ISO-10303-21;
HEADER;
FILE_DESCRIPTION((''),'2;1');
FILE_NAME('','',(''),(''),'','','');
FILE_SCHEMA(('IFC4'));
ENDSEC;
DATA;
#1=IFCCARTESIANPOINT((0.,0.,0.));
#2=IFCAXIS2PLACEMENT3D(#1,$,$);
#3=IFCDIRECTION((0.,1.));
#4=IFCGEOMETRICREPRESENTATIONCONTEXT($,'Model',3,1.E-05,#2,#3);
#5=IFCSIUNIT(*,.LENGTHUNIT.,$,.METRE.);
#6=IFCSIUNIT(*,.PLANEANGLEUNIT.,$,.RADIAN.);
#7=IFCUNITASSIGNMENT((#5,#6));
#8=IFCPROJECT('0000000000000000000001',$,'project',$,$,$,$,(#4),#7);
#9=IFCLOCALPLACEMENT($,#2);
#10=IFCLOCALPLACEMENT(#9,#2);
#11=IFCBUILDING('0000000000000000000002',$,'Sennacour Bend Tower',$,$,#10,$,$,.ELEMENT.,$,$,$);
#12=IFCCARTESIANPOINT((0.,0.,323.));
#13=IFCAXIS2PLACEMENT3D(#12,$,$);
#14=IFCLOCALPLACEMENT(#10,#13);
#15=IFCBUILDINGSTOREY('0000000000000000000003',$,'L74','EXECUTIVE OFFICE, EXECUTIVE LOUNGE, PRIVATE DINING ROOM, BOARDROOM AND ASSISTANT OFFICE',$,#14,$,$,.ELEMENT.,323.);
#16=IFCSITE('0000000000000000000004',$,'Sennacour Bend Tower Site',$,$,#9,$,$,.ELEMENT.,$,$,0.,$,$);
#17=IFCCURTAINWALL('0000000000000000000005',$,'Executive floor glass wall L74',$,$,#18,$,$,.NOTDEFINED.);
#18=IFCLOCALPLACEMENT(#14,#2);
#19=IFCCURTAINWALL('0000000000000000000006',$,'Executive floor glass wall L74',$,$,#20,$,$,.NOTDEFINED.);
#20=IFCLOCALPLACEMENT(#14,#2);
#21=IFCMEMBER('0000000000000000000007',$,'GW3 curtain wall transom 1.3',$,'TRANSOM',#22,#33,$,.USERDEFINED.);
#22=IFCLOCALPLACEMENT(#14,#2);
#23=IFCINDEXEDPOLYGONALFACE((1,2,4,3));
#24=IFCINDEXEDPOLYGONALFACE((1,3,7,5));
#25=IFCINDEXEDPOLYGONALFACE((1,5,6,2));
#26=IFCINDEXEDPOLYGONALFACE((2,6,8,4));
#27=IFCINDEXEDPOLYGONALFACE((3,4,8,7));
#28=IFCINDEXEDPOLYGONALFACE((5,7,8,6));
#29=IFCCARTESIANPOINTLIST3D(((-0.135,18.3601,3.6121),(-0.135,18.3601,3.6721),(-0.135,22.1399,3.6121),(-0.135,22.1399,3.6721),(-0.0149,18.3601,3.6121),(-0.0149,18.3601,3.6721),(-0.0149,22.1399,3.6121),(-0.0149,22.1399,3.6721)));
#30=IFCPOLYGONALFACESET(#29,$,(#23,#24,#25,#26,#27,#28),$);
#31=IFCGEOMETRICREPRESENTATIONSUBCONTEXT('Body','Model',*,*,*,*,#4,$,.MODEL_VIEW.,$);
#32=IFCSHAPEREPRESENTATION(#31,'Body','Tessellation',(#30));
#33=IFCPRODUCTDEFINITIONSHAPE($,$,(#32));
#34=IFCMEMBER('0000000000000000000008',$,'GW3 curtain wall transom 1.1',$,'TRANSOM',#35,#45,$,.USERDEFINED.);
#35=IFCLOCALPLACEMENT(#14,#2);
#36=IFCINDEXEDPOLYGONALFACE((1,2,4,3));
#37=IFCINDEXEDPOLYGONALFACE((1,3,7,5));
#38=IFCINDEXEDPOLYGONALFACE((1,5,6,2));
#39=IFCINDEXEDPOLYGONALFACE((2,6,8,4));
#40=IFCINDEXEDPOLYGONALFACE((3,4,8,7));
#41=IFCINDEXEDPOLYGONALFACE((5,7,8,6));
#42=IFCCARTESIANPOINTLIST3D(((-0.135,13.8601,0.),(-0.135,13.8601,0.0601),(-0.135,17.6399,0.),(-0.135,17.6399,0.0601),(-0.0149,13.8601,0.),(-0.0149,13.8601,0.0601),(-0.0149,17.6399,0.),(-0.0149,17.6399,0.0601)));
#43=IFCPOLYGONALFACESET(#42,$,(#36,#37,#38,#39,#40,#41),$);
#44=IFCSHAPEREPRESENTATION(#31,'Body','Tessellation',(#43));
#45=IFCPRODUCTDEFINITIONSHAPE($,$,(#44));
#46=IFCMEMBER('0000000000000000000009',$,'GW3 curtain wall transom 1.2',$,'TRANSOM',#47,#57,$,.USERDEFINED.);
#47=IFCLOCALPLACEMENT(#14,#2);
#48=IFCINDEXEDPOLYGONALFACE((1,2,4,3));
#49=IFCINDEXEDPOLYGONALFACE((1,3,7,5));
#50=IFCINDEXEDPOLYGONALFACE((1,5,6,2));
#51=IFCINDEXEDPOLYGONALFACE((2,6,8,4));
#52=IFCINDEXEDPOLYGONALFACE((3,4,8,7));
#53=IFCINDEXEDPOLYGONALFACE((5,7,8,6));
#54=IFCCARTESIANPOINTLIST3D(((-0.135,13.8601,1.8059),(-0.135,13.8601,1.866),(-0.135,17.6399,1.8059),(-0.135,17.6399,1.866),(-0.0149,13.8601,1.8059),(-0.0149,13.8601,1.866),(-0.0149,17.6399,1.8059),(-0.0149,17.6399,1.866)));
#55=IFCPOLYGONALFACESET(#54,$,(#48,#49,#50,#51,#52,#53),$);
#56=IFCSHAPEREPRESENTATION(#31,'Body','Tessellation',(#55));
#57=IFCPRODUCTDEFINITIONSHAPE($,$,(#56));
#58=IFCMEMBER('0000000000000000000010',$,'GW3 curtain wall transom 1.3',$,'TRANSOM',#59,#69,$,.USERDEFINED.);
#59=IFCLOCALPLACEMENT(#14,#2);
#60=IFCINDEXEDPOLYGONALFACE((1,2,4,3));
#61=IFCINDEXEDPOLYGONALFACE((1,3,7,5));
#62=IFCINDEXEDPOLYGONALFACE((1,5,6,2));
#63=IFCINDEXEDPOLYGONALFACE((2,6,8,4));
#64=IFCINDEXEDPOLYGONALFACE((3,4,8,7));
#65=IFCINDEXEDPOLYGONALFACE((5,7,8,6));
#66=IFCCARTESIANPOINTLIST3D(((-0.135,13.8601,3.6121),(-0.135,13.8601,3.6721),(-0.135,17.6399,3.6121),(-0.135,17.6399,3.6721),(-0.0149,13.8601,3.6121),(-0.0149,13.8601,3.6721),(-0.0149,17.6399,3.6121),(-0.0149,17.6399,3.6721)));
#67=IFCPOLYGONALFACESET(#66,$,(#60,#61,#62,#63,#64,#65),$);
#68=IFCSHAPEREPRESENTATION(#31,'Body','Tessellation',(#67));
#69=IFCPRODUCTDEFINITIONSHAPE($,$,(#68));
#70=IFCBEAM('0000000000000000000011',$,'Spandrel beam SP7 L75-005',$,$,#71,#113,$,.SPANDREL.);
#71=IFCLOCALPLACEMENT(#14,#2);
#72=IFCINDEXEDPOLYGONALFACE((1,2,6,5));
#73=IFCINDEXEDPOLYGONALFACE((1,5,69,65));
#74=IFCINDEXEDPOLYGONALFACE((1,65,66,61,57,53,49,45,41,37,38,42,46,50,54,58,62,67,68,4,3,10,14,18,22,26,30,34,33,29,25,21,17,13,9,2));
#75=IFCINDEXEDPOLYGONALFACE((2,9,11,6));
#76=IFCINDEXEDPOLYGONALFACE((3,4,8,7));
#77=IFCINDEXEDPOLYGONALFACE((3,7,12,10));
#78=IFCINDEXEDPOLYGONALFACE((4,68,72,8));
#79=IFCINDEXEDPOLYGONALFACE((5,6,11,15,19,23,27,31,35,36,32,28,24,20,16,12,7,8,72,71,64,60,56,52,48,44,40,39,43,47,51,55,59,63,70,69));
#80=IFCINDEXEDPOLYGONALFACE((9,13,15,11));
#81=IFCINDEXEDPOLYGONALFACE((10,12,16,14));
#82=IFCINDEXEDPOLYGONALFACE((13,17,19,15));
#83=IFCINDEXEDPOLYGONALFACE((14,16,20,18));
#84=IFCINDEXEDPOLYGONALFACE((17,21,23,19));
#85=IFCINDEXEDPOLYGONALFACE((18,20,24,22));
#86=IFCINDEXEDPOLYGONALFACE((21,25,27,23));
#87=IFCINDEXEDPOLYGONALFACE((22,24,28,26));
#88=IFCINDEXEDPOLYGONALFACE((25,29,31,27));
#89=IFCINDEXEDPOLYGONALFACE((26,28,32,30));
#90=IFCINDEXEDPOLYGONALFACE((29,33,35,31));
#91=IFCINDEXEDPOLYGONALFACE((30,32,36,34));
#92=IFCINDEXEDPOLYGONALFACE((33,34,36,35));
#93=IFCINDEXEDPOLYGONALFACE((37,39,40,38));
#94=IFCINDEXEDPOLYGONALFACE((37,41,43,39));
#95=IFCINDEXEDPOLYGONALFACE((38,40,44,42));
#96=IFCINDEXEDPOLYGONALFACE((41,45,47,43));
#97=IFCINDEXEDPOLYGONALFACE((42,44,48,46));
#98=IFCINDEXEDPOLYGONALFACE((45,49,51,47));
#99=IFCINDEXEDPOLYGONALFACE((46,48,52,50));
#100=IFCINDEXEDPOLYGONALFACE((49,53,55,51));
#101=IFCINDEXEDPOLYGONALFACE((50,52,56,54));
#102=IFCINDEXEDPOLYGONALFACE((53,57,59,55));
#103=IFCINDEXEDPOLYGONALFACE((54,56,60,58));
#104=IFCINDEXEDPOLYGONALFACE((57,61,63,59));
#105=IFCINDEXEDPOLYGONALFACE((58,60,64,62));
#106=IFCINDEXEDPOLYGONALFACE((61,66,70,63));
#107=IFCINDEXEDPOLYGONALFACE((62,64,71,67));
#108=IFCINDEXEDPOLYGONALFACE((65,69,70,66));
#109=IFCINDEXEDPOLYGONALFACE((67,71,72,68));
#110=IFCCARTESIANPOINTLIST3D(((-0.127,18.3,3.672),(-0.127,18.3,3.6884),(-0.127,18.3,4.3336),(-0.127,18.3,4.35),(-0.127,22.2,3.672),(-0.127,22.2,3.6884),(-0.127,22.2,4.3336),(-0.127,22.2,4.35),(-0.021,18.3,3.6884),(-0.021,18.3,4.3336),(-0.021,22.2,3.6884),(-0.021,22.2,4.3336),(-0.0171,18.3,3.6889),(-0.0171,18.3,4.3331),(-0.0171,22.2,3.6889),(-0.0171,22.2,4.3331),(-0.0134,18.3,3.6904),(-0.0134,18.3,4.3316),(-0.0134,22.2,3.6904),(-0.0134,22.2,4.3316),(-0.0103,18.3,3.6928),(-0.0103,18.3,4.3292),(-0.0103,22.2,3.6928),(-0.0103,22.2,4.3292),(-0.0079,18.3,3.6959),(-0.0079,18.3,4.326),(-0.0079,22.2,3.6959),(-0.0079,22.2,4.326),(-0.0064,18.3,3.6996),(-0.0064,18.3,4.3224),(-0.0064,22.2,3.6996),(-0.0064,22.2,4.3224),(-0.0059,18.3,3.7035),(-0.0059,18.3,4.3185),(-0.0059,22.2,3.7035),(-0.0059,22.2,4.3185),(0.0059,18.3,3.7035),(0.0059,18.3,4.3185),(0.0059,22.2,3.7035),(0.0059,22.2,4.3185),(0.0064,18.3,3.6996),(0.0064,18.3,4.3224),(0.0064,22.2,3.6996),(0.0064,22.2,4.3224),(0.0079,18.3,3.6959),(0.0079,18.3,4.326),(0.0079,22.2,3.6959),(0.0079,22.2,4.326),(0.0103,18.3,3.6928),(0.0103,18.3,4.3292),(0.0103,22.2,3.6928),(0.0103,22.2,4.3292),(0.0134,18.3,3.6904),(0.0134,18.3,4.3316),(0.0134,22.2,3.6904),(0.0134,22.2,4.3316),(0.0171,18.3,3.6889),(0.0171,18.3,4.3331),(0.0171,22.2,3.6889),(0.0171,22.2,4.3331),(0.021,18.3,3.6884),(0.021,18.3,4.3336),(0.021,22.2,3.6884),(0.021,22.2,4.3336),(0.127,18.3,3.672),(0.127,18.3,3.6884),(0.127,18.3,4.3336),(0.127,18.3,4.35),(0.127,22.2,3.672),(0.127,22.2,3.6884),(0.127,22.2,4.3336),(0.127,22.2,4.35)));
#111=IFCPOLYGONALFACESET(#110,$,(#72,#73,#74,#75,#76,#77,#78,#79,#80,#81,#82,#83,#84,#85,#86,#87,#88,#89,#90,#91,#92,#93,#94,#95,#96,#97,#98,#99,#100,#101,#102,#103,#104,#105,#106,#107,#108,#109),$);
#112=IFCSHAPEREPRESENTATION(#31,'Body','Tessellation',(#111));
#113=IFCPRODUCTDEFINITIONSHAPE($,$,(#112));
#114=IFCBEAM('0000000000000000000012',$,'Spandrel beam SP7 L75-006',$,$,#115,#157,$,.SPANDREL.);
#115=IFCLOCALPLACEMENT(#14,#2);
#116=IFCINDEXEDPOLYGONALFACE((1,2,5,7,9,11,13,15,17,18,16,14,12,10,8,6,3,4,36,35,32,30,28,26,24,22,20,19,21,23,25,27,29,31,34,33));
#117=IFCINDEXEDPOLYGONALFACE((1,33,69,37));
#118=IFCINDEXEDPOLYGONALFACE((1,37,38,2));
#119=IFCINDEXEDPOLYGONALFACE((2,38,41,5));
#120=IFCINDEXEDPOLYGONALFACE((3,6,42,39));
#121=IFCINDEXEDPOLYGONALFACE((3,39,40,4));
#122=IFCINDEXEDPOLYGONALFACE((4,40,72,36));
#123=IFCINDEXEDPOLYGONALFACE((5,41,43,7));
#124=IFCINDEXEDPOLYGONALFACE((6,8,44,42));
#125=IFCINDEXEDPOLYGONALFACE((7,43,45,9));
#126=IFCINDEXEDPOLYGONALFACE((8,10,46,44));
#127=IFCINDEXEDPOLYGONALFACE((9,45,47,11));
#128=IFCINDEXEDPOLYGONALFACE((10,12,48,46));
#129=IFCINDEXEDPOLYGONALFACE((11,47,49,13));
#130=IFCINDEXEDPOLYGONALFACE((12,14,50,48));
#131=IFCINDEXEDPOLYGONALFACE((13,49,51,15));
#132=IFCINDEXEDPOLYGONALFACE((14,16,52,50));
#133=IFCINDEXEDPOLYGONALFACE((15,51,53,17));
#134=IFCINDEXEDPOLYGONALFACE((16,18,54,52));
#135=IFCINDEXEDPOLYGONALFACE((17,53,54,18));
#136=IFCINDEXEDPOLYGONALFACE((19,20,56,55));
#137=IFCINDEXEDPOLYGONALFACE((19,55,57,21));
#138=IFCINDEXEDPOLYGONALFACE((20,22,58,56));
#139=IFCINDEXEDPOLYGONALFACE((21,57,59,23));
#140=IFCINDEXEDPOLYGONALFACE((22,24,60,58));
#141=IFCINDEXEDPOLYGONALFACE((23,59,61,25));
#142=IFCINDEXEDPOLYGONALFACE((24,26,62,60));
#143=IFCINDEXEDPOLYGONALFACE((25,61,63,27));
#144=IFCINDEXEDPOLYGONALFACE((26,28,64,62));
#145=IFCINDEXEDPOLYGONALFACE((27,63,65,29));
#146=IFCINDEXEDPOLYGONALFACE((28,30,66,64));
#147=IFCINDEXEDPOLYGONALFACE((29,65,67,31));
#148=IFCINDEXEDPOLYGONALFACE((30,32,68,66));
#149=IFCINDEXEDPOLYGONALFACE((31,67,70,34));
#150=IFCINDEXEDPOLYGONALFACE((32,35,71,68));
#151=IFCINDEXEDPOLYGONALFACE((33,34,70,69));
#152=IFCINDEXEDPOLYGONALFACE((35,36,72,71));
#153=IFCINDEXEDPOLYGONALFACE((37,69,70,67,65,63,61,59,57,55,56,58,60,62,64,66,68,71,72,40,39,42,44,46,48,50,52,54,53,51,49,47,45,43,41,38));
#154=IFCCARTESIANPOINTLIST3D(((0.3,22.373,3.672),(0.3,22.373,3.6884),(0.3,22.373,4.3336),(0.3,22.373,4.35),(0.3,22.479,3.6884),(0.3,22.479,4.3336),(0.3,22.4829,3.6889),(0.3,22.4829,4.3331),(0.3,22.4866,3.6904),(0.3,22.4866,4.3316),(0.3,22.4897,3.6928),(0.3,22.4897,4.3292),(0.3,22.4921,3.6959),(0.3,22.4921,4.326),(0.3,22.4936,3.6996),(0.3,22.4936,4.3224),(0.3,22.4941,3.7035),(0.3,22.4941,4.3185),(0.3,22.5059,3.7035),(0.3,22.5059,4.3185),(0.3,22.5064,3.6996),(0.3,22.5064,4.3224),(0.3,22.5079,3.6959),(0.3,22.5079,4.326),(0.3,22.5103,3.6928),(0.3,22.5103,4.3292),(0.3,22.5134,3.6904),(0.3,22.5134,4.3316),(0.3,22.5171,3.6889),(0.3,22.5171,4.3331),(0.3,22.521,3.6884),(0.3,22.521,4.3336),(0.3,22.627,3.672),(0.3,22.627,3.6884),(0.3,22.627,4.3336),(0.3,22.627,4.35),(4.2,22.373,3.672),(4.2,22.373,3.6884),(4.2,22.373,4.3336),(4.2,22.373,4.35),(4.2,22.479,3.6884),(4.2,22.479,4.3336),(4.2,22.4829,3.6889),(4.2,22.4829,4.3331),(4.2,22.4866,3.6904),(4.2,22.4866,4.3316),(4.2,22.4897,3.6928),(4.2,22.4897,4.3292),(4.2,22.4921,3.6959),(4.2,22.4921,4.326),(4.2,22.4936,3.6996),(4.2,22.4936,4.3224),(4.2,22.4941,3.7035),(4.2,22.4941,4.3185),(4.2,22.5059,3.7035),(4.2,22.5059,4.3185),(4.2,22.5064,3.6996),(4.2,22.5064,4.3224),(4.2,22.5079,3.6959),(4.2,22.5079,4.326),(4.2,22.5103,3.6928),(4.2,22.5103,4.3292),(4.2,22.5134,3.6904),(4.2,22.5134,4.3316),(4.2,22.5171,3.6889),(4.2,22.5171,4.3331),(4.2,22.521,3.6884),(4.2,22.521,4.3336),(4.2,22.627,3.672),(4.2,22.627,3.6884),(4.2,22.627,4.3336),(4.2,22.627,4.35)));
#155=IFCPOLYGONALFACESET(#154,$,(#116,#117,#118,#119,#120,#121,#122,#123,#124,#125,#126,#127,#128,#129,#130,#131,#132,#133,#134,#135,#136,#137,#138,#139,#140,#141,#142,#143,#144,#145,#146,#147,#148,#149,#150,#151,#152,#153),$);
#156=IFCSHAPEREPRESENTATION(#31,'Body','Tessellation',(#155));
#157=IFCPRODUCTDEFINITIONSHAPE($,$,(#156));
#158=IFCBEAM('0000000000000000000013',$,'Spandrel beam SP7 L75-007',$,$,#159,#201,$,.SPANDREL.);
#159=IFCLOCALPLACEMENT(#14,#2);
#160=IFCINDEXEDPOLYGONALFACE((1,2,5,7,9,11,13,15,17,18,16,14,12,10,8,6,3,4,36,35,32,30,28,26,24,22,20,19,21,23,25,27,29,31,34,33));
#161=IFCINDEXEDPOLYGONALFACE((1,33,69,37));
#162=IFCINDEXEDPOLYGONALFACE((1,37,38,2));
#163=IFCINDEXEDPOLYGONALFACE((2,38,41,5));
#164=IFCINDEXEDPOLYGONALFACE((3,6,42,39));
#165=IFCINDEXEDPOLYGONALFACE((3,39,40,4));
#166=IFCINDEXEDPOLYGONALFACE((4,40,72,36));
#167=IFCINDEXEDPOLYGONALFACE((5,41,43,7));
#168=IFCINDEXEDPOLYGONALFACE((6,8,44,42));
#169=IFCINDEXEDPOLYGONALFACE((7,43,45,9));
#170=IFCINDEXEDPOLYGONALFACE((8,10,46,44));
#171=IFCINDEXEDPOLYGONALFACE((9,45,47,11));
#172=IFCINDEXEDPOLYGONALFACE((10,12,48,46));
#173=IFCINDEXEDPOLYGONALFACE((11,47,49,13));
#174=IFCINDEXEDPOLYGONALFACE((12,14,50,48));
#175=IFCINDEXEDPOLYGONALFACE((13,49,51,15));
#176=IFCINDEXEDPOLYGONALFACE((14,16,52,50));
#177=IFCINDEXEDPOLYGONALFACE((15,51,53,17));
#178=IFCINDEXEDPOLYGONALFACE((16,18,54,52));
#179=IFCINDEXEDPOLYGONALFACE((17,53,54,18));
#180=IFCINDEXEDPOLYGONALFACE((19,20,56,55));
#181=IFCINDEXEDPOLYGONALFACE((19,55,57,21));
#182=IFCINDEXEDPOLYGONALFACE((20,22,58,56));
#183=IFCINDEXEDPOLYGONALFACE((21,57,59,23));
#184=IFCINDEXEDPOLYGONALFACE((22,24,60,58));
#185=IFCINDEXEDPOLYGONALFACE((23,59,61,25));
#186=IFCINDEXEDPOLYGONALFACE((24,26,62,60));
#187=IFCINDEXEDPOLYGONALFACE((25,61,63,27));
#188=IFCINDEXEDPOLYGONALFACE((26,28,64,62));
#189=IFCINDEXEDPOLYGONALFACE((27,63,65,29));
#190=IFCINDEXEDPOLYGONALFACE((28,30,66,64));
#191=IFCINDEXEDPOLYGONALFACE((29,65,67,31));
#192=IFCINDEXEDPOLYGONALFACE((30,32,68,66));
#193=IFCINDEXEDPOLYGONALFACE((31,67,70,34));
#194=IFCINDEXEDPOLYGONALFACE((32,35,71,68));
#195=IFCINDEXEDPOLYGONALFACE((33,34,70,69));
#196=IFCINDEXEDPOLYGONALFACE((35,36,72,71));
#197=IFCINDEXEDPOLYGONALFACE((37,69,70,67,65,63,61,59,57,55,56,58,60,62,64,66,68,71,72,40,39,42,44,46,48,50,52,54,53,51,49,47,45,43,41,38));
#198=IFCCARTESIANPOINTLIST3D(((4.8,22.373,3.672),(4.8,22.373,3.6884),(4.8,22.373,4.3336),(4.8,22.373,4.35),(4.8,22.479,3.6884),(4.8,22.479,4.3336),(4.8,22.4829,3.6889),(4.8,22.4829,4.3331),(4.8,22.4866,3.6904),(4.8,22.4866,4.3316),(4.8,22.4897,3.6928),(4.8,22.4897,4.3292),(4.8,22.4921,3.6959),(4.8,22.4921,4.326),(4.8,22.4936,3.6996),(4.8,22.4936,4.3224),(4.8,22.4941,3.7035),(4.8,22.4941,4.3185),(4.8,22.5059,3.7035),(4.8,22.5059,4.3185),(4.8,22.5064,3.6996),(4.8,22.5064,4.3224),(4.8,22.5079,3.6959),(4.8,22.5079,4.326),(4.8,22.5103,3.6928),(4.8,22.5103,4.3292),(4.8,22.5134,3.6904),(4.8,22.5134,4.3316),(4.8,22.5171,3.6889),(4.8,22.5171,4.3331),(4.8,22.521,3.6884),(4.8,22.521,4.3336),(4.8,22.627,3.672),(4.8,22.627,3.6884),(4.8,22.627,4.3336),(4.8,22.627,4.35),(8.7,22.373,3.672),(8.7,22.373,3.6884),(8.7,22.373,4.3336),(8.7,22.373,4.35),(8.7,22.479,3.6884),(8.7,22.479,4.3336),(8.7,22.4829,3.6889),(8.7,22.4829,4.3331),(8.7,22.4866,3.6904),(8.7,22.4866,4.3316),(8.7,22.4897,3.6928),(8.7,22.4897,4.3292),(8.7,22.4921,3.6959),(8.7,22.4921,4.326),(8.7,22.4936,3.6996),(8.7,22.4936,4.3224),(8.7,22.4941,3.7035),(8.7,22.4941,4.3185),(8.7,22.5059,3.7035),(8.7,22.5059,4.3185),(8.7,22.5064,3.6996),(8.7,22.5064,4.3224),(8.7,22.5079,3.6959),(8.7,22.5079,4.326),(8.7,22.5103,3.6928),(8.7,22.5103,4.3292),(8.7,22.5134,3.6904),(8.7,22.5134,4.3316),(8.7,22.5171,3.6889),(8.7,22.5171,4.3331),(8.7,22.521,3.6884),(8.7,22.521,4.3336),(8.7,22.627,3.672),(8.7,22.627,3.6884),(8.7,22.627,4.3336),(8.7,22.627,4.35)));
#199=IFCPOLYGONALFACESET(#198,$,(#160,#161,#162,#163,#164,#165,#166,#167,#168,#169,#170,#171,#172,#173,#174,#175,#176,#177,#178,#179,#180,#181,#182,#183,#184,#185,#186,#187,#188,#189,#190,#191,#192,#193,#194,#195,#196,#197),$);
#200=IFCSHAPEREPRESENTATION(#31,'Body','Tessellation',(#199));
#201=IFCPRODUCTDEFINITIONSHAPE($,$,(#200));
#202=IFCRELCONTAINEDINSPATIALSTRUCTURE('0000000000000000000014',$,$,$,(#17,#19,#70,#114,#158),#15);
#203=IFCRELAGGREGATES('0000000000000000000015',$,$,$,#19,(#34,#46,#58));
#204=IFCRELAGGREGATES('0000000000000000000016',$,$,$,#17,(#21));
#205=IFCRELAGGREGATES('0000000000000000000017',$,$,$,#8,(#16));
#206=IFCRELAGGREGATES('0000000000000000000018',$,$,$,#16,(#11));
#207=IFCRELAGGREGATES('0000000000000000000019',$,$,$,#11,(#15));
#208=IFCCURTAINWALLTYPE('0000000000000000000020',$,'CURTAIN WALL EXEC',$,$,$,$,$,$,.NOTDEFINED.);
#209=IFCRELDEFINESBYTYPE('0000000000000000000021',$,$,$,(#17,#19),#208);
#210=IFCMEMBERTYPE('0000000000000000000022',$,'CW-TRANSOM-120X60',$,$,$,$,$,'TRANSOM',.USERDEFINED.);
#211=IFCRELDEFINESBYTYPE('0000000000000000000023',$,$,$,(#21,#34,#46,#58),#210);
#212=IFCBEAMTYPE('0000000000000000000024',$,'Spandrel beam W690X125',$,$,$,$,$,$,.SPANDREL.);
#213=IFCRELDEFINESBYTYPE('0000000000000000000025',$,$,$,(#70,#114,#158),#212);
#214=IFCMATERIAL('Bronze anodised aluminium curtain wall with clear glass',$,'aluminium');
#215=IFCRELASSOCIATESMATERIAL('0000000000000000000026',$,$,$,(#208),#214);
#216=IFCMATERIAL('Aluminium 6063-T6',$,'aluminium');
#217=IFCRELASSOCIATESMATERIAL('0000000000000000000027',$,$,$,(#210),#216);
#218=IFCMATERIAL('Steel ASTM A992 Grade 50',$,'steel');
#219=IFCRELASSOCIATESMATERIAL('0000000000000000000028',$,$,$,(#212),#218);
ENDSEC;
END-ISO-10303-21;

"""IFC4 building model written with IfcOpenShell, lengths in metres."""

from ifc_helpers import new_model, si_unit, direction, frame, origin, origin_2d, place, context, subcontext, project, spatial, rectangle, i_section, extrude, material, material_profile, profile_set, type_object, element, aggregate, save


model = new_model("IFC4")

# Units and contexts
model_context = context("Model", 3, precision=1e-05, world=origin(), true_north=direction((0.0, 1.0)))
body_context = subcontext(model_context, "Body", "Model", "MODEL_VIEW")
ifc_project = project(units=[si_unit("LENGTHUNIT", "METRE"), si_unit("PLANEANGLEUNIT", "RADIAN")], contexts=[model_context])

# Site, building, storey
site_placement = place(None, origin())
site = spatial("IfcSite", under=ifc_project, at=site_placement, Name="Sennacour Bend Tower Site", CompositionType="ELEMENT", RefElevation=0.0)
building_placement = place(site_placement, origin())
building = spatial("IfcBuilding", under=site, at=building_placement, Name="Sennacour Bend Tower", CompositionType="ELEMENT")
storey_placement = place(building_placement, frame((0.0, 0.0, 323.0)))
storey = spatial("IfcBuildingStorey", under=building, at=storey_placement, Name="L74", Description="EXECUTIVE OFFICE, EXECUTIVE LOUNGE, PRIVATE DINING ROOM, BOARDROOM AND ASSISTANT OFFICE", CompositionType="ELEMENT", Elevation=323.0)

# Shared definitions
ifc_material_1 = material(Name="Bronze anodised aluminium curtain wall with clear glass", Category="aluminium")
curtain_wall_type = type_object("IfcCurtainWallType", Name="CURTAIN WALL EXEC", PredefinedType="NOTDEFINED", material=ifc_material_1)
ifc_material_2 = material(Name="Aluminium 6063-T6", Category="aluminium")

# Curtain wall
curtain_wall_1_placement = place(storey_placement, origin())
curtain_wall_1 = element("IfcCurtainWall", 1, at=curtain_wall_1_placement, inside=storey, type_object=curtain_wall_type, Name="Executive floor glass wall L74", PredefinedType="NOTDEFINED")

# Curtain wall
curtain_wall_2_placement = place(storey_placement, origin())
curtain_wall_2 = element("IfcCurtainWall", 2, at=curtain_wall_2_placement, inside=storey, type_object=curtain_wall_type, Name="Executive floor glass wall L74", PredefinedType="NOTDEFINED")

# Members
ifc_material_profile_1 = material_profile(ifc_material_2, rectangle(XDim=0.1201, YDim=0.0601, at=origin_2d()), Name="Aluminium 6063-T6", Category="aluminium")
ifc_profile_set_1 = profile_set([ifc_material_profile_1], Name="Aluminium 6063-T6")
member_type_1 = type_object("IfcMemberType", Name="CW-TRANSOM-120X60", ElementType="TRANSOM", PredefinedType="USERDEFINED", material=ifc_profile_set_1)
member_1_placement = place(storey_placement, frame((-0.075, 22.1399, 3.6421), z_axis=(0.0, -1.0, 0.0), x_axis=(1.0, 0.0, 0.0)))
member_1 = element("IfcMember", 3, at=member_1_placement, type_object=member_type_1, Name="GW3 curtain wall transom 1.3", ObjectType="TRANSOM", PredefinedType="USERDEFINED", context=body_context, shape_type="SweptSolid", body=[
    extrude(rectangle(XDim=0.1201, YDim=0.0601, at=origin_2d()), origin(), (0.0, 0.0, 1.0), 3.7798),
])
member_2_placement = place(storey_placement, frame((-0.075, 17.6399, 0.03), z_axis=(0.0, -1.0, 0.0), x_axis=(1.0, 0.0, 0.0)))
member_2 = element("IfcMember", 4, at=member_2_placement, type_object=member_type_1, Name="GW3 curtain wall transom 1.1", ObjectType="TRANSOM", PredefinedType="USERDEFINED", context=body_context, shape_type="SweptSolid", body=[
    extrude(rectangle(XDim=0.1201, YDim=0.0601, at=origin_2d()), origin(), (0.0, 0.0, 1.0), 3.7798),
])
member_3_placement = place(storey_placement, frame((-0.075, 17.6399, 1.8359), z_axis=(0.0, -1.0, 0.0), x_axis=(1.0, 0.0, 0.0)))
member_3 = element("IfcMember", 5, at=member_3_placement, type_object=member_type_1, Name="GW3 curtain wall transom 1.2", ObjectType="TRANSOM", PredefinedType="USERDEFINED", context=body_context, shape_type="SweptSolid", body=[
    extrude(rectangle(XDim=0.1201, YDim=0.0601, at=origin_2d()), origin(), (0.0, 0.0, 1.0), 3.7798),
])
member_4_placement = place(storey_placement, frame((-0.075, 17.6399, 3.6421), z_axis=(0.0, -1.0, 0.0), x_axis=(1.0, 0.0, 0.0)))
member_4 = element("IfcMember", 6, at=member_4_placement, type_object=member_type_1, Name="GW3 curtain wall transom 1.3", ObjectType="TRANSOM", PredefinedType="USERDEFINED", context=body_context, shape_type="SweptSolid", body=[
    extrude(rectangle(XDim=0.1201, YDim=0.0601, at=origin_2d()), origin(), (0.0, 0.0, 1.0), 3.7798),
])
aggregate(curtain_wall_2, [member_2, member_3, member_4])

# Beams
ifc_material_3 = material(Name="Steel ASTM A992 Grade 50", Category="steel")
ifc_material_profile_2 = material_profile(ifc_material_3, i_section(OverallWidth=0.2539, OverallDepth=0.678, WebThickness=0.0117, FlangeThickness=0.0164, FilletRadius=0.0151, at=origin_2d()), Name="Steel ASTM A992 Grade 50", Category="steel")
ifc_profile_set_2 = profile_set([ifc_material_profile_2], Name="Steel ASTM A992 Grade 50")
beam_type = type_object("IfcBeamType", Name="Spandrel beam W690X125", PredefinedType="SPANDREL", material=ifc_profile_set_2)
for number, where, z_axis, x_axis, name in (
    (7, (0.0, 18.3, 4.011), (0.0, 1.0, 0.0), (-1.0, 0.0, 0.0), "Spandrel beam SP7 L75-005"),
    (8, (0.3, 22.5, 4.011), (1.0, 0.0, 0.0), (0.0, 1.0, 0.0), "Spandrel beam SP7 L75-006"),
    (9, (4.8, 22.5, 4.011), (1.0, 0.0, 0.0), (0.0, 1.0, 0.0), "Spandrel beam SP7 L75-007"),
):
    element("IfcBeam", number, at=place(storey_placement, frame(where, z_axis=z_axis, x_axis=x_axis)), inside=storey, type_object=beam_type, Name=name, PredefinedType="SPANDREL", context=body_context, shape_type="SweptSolid", body=[
        extrude(i_section(OverallWidth=0.2539, OverallDepth=0.678, WebThickness=0.0117, FlangeThickness=0.0164, FilletRadius=0.0151, at=origin_2d()), origin(), (0.0, 0.0, 1.0), 3.8999),
    ])

aggregate(curtain_wall_1, [member_1])

save(model, "model.ifc")
